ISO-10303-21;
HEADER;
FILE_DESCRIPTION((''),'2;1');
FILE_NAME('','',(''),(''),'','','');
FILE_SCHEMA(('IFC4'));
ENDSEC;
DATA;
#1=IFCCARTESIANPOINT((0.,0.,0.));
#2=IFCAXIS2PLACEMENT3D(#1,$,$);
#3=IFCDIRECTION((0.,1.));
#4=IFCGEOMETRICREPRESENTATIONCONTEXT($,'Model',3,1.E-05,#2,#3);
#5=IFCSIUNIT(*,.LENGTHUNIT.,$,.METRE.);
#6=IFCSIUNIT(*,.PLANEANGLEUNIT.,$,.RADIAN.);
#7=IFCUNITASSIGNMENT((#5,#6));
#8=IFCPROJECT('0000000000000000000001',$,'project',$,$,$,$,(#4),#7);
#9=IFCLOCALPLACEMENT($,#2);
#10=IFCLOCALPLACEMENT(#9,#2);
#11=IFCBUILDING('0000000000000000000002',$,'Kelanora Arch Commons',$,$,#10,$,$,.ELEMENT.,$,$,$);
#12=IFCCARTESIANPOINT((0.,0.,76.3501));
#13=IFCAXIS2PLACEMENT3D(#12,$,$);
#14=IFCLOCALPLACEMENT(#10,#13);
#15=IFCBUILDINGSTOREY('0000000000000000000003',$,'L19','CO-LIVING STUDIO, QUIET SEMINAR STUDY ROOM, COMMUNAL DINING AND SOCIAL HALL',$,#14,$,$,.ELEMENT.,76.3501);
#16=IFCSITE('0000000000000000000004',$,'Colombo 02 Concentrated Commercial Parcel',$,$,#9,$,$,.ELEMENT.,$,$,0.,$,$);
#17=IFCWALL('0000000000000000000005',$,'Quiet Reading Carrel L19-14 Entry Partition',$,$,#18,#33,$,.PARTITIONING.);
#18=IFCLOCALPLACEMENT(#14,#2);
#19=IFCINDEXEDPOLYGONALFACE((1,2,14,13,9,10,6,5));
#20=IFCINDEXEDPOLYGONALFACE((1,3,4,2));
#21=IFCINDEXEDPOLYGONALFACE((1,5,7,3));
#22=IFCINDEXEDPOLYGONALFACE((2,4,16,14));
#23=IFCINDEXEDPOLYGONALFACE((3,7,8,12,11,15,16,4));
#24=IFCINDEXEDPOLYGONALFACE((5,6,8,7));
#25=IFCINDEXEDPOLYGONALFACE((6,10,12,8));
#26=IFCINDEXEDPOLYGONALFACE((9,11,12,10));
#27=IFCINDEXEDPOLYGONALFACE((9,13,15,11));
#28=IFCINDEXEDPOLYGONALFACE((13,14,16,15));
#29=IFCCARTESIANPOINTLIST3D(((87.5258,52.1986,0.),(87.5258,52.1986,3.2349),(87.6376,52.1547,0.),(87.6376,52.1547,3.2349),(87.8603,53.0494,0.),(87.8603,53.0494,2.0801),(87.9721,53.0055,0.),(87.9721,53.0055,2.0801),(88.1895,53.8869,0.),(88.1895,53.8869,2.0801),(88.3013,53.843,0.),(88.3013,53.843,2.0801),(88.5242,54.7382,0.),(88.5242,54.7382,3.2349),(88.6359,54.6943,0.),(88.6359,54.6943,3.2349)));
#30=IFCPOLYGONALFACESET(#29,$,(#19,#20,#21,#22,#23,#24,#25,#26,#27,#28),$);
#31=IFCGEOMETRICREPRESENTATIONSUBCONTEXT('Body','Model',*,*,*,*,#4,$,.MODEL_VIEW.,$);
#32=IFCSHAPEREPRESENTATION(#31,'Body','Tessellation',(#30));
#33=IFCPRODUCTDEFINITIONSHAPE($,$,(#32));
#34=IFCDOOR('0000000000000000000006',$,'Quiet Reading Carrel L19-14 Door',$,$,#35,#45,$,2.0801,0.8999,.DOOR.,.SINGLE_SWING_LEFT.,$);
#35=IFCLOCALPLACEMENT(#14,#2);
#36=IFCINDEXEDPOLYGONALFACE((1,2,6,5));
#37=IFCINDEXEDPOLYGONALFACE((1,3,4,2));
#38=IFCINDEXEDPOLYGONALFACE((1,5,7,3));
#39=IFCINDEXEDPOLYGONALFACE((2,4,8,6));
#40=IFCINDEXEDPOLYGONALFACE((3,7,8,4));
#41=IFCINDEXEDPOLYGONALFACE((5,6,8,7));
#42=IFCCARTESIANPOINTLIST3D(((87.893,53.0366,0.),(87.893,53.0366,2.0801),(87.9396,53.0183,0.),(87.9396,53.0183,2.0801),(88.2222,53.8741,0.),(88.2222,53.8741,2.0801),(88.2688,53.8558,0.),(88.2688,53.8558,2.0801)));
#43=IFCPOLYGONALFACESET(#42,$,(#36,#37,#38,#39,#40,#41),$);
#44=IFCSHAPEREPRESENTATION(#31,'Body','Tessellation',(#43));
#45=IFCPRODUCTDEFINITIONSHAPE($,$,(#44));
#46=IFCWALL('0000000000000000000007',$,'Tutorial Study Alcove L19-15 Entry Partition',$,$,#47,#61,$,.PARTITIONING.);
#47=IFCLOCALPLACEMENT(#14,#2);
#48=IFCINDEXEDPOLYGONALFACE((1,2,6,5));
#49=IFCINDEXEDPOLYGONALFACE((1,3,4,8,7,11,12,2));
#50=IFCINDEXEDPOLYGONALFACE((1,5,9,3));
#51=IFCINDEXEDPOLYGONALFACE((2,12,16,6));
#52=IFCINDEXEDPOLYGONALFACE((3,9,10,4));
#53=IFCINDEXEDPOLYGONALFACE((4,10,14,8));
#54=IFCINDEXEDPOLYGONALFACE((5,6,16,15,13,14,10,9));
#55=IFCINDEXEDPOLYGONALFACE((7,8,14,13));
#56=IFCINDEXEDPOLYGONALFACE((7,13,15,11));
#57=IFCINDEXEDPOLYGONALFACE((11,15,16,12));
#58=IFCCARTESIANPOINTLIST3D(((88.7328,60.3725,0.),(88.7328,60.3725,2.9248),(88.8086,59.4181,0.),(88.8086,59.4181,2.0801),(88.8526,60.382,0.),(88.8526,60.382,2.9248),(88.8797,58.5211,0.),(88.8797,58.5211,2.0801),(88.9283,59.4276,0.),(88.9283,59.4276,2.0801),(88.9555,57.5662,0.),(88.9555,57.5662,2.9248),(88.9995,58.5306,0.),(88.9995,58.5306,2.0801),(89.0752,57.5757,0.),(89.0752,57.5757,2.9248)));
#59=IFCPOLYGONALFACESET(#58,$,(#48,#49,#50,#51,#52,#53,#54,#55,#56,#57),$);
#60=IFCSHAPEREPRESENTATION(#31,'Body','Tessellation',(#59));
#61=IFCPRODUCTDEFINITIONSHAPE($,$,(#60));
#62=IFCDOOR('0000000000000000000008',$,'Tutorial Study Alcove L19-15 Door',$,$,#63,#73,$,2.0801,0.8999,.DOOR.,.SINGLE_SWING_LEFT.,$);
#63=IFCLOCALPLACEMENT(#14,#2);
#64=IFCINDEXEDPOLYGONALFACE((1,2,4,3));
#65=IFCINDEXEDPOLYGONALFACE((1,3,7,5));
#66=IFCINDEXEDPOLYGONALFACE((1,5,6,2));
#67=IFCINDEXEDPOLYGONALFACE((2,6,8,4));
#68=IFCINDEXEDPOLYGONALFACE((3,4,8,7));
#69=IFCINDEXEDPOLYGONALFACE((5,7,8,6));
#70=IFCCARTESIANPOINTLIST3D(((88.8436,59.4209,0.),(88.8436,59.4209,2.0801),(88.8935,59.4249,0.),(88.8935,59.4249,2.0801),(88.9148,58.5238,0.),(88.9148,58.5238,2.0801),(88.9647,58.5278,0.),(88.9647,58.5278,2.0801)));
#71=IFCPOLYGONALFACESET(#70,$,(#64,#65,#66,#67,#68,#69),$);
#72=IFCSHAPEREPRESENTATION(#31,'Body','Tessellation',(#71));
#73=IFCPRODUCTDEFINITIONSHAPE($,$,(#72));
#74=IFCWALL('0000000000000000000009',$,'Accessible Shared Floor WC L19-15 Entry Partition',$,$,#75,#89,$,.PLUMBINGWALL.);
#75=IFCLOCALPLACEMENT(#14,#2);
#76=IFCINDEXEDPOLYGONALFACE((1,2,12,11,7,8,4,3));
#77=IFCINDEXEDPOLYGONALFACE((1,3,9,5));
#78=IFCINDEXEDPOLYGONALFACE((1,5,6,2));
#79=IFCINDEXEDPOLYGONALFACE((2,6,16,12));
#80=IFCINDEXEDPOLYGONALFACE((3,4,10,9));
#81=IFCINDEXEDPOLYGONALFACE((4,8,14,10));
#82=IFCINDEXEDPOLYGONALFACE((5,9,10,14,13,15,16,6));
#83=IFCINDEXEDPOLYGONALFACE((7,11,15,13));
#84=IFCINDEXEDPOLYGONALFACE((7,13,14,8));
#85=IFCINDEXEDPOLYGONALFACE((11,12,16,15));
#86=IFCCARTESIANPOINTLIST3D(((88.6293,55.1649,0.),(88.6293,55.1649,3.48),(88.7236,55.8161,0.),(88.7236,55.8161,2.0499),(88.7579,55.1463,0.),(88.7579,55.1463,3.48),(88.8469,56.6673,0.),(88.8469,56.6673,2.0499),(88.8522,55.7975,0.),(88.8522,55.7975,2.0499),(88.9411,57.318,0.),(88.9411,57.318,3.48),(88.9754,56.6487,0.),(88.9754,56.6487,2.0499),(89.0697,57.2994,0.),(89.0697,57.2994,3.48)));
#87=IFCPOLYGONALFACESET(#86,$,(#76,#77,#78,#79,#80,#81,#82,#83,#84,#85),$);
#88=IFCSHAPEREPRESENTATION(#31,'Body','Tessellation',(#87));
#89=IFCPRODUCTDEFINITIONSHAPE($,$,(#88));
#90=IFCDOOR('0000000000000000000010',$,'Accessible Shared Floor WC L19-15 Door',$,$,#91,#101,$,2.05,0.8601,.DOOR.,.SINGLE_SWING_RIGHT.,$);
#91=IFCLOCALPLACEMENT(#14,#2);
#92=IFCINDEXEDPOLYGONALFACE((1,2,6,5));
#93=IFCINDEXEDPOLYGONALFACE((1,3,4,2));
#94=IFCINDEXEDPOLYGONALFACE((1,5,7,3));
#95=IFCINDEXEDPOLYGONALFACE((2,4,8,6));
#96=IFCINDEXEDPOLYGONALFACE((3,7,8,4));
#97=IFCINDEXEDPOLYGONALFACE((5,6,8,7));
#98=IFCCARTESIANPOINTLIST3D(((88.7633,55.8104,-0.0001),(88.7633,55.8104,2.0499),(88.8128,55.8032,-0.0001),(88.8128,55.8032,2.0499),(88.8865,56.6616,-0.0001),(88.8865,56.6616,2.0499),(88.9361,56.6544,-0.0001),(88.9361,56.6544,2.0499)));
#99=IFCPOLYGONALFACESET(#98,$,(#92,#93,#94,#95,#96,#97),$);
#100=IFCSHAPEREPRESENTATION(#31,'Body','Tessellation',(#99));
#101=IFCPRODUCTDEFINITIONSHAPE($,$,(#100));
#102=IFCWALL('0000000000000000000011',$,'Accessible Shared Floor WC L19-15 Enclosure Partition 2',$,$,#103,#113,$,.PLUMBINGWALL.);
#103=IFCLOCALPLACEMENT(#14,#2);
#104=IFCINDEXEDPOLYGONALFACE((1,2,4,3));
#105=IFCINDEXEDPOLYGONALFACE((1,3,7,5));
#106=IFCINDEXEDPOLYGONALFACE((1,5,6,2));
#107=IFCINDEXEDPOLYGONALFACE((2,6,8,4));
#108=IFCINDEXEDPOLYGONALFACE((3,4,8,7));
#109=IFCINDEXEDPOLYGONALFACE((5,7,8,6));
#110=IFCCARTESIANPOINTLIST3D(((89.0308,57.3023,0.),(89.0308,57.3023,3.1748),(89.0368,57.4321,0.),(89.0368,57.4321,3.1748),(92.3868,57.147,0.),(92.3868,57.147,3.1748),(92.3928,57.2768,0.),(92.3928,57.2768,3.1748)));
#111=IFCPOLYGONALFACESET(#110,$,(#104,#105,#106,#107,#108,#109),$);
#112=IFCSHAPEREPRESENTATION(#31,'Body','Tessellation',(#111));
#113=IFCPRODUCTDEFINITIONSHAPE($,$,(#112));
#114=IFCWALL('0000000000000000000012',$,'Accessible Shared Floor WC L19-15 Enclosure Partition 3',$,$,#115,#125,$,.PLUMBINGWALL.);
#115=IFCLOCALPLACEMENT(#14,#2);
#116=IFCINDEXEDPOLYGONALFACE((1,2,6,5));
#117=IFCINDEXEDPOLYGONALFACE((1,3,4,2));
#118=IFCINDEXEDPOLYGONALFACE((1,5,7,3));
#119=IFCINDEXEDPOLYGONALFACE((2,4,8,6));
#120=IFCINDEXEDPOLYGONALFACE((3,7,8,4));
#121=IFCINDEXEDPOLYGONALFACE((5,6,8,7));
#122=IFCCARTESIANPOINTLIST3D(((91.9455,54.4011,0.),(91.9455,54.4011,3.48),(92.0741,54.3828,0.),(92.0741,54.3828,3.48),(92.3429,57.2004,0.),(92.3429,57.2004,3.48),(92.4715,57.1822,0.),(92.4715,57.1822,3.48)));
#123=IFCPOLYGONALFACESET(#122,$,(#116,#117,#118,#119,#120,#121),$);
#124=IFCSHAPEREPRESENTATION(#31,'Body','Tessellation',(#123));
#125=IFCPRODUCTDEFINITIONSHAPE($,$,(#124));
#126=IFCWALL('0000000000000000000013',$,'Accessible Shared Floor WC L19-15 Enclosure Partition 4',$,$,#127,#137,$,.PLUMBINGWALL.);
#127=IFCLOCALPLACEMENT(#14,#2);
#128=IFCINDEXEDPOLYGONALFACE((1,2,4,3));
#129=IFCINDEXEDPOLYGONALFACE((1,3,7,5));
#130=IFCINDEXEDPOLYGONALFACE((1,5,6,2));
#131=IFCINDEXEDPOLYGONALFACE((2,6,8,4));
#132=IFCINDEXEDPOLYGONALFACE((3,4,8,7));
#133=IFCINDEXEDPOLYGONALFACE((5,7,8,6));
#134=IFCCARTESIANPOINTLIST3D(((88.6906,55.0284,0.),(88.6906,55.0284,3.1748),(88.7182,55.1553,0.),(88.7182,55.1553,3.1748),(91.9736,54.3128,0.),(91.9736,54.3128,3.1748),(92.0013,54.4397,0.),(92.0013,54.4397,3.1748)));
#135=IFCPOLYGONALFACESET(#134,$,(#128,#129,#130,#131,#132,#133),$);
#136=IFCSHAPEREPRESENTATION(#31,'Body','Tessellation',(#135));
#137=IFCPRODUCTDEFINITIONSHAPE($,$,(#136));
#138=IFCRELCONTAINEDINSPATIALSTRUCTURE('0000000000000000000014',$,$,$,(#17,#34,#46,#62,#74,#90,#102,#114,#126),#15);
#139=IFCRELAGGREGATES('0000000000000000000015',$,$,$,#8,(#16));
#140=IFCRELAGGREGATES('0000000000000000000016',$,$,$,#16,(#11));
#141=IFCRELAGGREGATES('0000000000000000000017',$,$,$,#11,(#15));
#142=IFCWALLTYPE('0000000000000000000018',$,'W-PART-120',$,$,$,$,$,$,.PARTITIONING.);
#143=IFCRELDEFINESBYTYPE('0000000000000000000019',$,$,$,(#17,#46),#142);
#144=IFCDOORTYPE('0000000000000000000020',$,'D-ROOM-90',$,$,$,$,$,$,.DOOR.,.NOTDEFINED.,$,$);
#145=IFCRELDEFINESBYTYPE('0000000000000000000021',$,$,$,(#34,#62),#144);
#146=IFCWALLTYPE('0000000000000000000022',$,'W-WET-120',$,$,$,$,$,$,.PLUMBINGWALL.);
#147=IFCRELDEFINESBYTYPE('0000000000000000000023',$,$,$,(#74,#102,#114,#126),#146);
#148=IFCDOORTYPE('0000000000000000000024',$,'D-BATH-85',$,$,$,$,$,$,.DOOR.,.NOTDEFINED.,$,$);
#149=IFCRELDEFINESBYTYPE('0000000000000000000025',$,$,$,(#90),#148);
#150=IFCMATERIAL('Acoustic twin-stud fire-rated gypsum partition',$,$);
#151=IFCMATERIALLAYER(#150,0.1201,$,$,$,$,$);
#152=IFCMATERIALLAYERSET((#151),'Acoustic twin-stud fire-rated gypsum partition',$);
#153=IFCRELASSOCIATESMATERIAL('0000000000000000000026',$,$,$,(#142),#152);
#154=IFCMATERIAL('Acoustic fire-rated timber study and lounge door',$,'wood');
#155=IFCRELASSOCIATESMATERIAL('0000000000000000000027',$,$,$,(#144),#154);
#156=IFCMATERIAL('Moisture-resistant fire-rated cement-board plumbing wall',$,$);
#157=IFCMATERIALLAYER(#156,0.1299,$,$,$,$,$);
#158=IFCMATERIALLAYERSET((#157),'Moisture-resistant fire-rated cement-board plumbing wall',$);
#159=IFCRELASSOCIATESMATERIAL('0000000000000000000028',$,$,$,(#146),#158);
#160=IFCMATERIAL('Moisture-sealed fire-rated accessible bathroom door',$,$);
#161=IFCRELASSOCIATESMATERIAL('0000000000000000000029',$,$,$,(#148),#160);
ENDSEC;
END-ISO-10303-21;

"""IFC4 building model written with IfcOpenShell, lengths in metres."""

from ifc_helpers import new_model, si_unit, direction, frame, frame_2d, origin, place, context, subcontext, project, spatial, rectangle, extrude, material, layer, layer_set, type_object, element, fill, save


model = new_model("IFC4")

# Units and contexts
model_context = context("Model", 3, precision=1e-05, world=origin(), true_north=direction((0.0, 1.0)))
body_context = subcontext(model_context, "Body", "Model", "MODEL_VIEW")
ifc_project = project(units=[si_unit("LENGTHUNIT", "METRE"), si_unit("PLANEANGLEUNIT", "RADIAN")], contexts=[model_context])

# Site, building, storey
site_placement = place(None, origin())
site = spatial("IfcSite", under=ifc_project, at=site_placement, Name="Colombo 02 Concentrated Commercial Parcel", CompositionType="ELEMENT", RefElevation=0.0)
building_placement = place(site_placement, origin())
building = spatial("IfcBuilding", under=site, at=building_placement, Name="Kelanora Arch Commons", CompositionType="ELEMENT")
storey_placement = place(building_placement, frame((0.0, 0.0, 76.3501)))
storey = spatial("IfcBuildingStorey", under=building, at=storey_placement, Name="L19", Description="CO-LIVING STUDIO, QUIET SEMINAR STUDY ROOM, COMMUNAL DINING AND SOCIAL HALL", CompositionType="ELEMENT", Elevation=76.3501)

# Walls, openings, doors
ifc_material_1 = material(Name="Acoustic twin-stud fire-rated gypsum partition")
ifc_layer_1 = layer(ifc_material_1, 0.1201)
ifc_layer_set_1 = layer_set([ifc_layer_1], Name="Acoustic twin-stud fire-rated gypsum partition")
wall_type_1 = type_object("IfcWallType", Name="W-PART-120", PredefinedType="PARTITIONING", material=ifc_layer_set_1)
wall_1_placement = place(storey_placement, frame((87.5818, 52.1768, 0.0), z_axis=(0.0, 0.0, 1.0), x_axis=(0.365846, 0.930675, 0.0)))
wall_1 = element("IfcWall", 1, at=wall_1_placement, inside=storey, type_object=wall_type_1, Name="Quiet Reading Carrel L19-14 Entry Partition", PredefinedType="PARTITIONING", context=body_context, shape_type="SweptSolid", body=[
    extrude(rectangle(XDim=2.7288, YDim=0.1201, at=frame_2d((1.3643, 0.0))), origin(), (0.0, 0.0, 1.0), 3.2349),
])
opening_1_placement = place(wall_1_placement, frame((0.9141, 0.0, 0.0)))
opening_1 = element("IfcOpeningElement", 2, at=opening_1_placement, cuts=wall_1, PredefinedType="OPENING", context=body_context, shape_type="SweptSolid", body=[
    extrude(rectangle(XDim=0.8999, YDim=2.0801, at=frame_2d((0.45, 1.04))), frame((0.0, 0.0701, 0.0), z_axis=(0.0, -1.0, 0.0), x_axis=(1.0, 0.0, 0.0)), (0.0, 0.0, 1.0), 0.1401),
])
ifc_material_2 = material(Name="Acoustic fire-rated timber study and lounge door", Category="wood")
door_type_1 = type_object("IfcDoorType", Name="D-ROOM-90", OperationType="NOTDEFINED", PredefinedType="DOOR", material=ifc_material_2)
door_1_placement = place(opening_1_placement, origin())
door_1 = element("IfcDoor", 3, at=door_1_placement, inside=storey, type_object=door_type_1, Name="Quiet Reading Carrel L19-14 Door", OperationType="SINGLE_SWING_LEFT", OverallHeight=2.0801, OverallWidth=0.8999, PredefinedType="DOOR", context=body_context, shape_type="SweptSolid", body=[
    extrude(rectangle(XDim=0.8999, YDim=2.0801, at=frame_2d((0.45, 1.04))), frame((0.0, 0.0249, 0.0), z_axis=(0.0, -1.0, 0.0), x_axis=(1.0, 0.0, 0.0)), (0.0, 0.0, 1.0), 0.05),
])
fill(opening_1, door_1)
wall_2_placement = place(storey_placement, frame((89.0154, 57.5708, 0.0), z_axis=(0.0, 0.0, 1.0), x_axis=(-0.07909, 0.996867, 0.0)))
wall_2 = element("IfcWall", 4, at=wall_2_placement, inside=storey, type_object=wall_type_1, Name="Tutorial Study Alcove L19-15 Entry Partition", PredefinedType="PARTITIONING", context=body_context, shape_type="SweptSolid", body=[
    extrude(rectangle(XDim=2.8152, YDim=0.1201, at=frame_2d((1.4077, 0.0))), origin(), (0.0, 0.0, 1.0), 2.9248),
])
opening_2_placement = place(wall_2_placement, frame((0.958, 0.0, 0.0)))
opening_2 = element("IfcOpeningElement", 5, at=opening_2_placement, cuts=wall_2, PredefinedType="OPENING", context=body_context, shape_type="SweptSolid", body=[
    extrude(rectangle(XDim=0.8999, YDim=2.0801, at=frame_2d((0.45, 1.04))), frame((0.0, 0.0701, 0.0), z_axis=(0.0, -1.0, 0.0), x_axis=(1.0, 0.0, 0.0)), (0.0, 0.0, 1.0), 0.1401),
])
door_2_placement = place(opening_2_placement, origin())
door_2 = element("IfcDoor", 6, at=door_2_placement, inside=storey, type_object=door_type_1, Name="Tutorial Study Alcove L19-15 Door", OperationType="SINGLE_SWING_LEFT", OverallHeight=2.0801, OverallWidth=0.8999, PredefinedType="DOOR", context=body_context, shape_type="SweptSolid", body=[
    extrude(rectangle(XDim=0.8999, YDim=2.0801, at=frame_2d((0.45, 1.04))), frame((0.0, 0.0249, 0.0), z_axis=(0.0, -1.0, 0.0), x_axis=(1.0, 0.0, 0.0)), (0.0, 0.0, 1.0), 0.05),
])
fill(opening_2, door_2)
ifc_material_3 = material(Name="Moisture-resistant fire-rated cement-board plumbing wall")
ifc_layer_2 = layer(ifc_material_3, 0.1299)
ifc_layer_set_2 = layer_set([ifc_layer_2], Name="Moisture-resistant fire-rated cement-board plumbing wall")
wall_type_2 = type_object("IfcWallType", Name="W-WET-120", PredefinedType="PLUMBINGWALL", material=ifc_layer_set_2)
wall_3_placement = place(storey_placement, frame((88.6936, 55.1555, 0.0), z_axis=(0.0, 0.0, 1.0), x_axis=(0.143306, 0.989678, 0.0)))
wall_3 = element("IfcWall", 7, at=wall_3_placement, inside=storey, type_object=wall_type_2, Name="Accessible Shared Floor WC L19-15 Entry Partition", PredefinedType="PLUMBINGWALL", context=body_context, shape_type="SweptSolid", body=[
    extrude(rectangle(XDim=2.1755, YDim=0.1299, at=frame_2d((1.0879, 0.0))), origin(), (0.0, 0.0, 1.0), 3.48),
])
opening_3_placement = place(wall_3_placement, frame((0.658, 0.0, 0.0)))
opening_3 = element("IfcOpeningElement", 8, at=opening_3_placement, cuts=wall_3, PredefinedType="OPENING", context=body_context, shape_type="SweptSolid", body=[
    extrude(rectangle(XDim=0.8601, YDim=2.05, at=frame_2d((0.4302, 1.0249))), frame((0.0, 0.075, 0.0), z_axis=(0.0, -1.0, 0.0), x_axis=(1.0, 0.0, 0.0)), (0.0, 0.0, 1.0), 0.1499),
])
ifc_material_4 = material(Name="Moisture-sealed fire-rated accessible bathroom door")
door_type_2 = type_object("IfcDoorType", Name="D-BATH-85", OperationType="NOTDEFINED", PredefinedType="DOOR", material=ifc_material_4)
door_3_placement = place(opening_3_placement, origin())
door_3 = element("IfcDoor", 9, at=door_3_placement, inside=storey, type_object=door_type_2, Name="Accessible Shared Floor WC L19-15 Door", OperationType="SINGLE_SWING_RIGHT", OverallHeight=2.05, OverallWidth=0.8601, PredefinedType="DOOR", context=body_context, shape_type="SweptSolid", body=[
    extrude(rectangle(XDim=0.8601, YDim=2.05, at=frame_2d((0.4302, 1.0249))), frame((0.0, 0.0249, 0.0), z_axis=(0.0, -1.0, 0.0), x_axis=(1.0, 0.0, 0.0)), (0.0, 0.0, 1.0), 0.05),
])
fill(opening_3, door_3)

# Walls
wall_4_placement = place(storey_placement, frame((89.0339, 57.3672, 0.0), z_axis=(0.0, 0.0, 1.0), x_axis=(0.998931, -0.046219, 0.0)))
element("IfcWall", 10, at=wall_4_placement, inside=storey, type_object=wall_type_2, Name="Accessible Shared Floor WC L19-15 Enclosure Partition 2", PredefinedType="PLUMBINGWALL", context=body_context, shape_type="SweptSolid", body=[
    extrude(rectangle(XDim=3.3596, YDim=0.1299, at=frame_2d((1.6797, 0.0))), origin(), (0.0, 0.0, 1.0), 3.1748),
])
wall_5_placement = place(storey_placement, frame((92.4072, 57.1912, 0.0), z_axis=(0.0, 0.0, 1.0), x_axis=(-0.140575, -0.99007, 0.0)))
element("IfcWall", 11, at=wall_5_placement, inside=storey, type_object=wall_type_2, Name="Accessible Shared Floor WC L19-15 Enclosure Partition 3", PredefinedType="PLUMBINGWALL", context=body_context, shape_type="SweptSolid", body=[
    extrude(rectangle(XDim=2.8274, YDim=0.1299, at=frame_2d((1.4136, 0.0))), origin(), (0.0, 0.0, 1.0), 3.48),
])
wall_6_placement = place(storey_placement, frame((91.9875, 54.3762, 0.0), z_axis=(0.0, 0.0, 1.0), x_axis=(-0.977059, 0.212967, 0.0)))
element("IfcWall", 12, at=wall_6_placement, inside=storey, type_object=wall_type_2, Name="Accessible Shared Floor WC L19-15 Enclosure Partition 4", PredefinedType="PLUMBINGWALL", context=body_context, shape_type="SweptSolid", body=[
    extrude(rectangle(XDim=3.3601, YDim=0.1299, at=frame_2d((1.6802, 0.0))), origin(), (0.0, 0.0, 1.0), 3.1748),
])

save(model, "model.ifc")
